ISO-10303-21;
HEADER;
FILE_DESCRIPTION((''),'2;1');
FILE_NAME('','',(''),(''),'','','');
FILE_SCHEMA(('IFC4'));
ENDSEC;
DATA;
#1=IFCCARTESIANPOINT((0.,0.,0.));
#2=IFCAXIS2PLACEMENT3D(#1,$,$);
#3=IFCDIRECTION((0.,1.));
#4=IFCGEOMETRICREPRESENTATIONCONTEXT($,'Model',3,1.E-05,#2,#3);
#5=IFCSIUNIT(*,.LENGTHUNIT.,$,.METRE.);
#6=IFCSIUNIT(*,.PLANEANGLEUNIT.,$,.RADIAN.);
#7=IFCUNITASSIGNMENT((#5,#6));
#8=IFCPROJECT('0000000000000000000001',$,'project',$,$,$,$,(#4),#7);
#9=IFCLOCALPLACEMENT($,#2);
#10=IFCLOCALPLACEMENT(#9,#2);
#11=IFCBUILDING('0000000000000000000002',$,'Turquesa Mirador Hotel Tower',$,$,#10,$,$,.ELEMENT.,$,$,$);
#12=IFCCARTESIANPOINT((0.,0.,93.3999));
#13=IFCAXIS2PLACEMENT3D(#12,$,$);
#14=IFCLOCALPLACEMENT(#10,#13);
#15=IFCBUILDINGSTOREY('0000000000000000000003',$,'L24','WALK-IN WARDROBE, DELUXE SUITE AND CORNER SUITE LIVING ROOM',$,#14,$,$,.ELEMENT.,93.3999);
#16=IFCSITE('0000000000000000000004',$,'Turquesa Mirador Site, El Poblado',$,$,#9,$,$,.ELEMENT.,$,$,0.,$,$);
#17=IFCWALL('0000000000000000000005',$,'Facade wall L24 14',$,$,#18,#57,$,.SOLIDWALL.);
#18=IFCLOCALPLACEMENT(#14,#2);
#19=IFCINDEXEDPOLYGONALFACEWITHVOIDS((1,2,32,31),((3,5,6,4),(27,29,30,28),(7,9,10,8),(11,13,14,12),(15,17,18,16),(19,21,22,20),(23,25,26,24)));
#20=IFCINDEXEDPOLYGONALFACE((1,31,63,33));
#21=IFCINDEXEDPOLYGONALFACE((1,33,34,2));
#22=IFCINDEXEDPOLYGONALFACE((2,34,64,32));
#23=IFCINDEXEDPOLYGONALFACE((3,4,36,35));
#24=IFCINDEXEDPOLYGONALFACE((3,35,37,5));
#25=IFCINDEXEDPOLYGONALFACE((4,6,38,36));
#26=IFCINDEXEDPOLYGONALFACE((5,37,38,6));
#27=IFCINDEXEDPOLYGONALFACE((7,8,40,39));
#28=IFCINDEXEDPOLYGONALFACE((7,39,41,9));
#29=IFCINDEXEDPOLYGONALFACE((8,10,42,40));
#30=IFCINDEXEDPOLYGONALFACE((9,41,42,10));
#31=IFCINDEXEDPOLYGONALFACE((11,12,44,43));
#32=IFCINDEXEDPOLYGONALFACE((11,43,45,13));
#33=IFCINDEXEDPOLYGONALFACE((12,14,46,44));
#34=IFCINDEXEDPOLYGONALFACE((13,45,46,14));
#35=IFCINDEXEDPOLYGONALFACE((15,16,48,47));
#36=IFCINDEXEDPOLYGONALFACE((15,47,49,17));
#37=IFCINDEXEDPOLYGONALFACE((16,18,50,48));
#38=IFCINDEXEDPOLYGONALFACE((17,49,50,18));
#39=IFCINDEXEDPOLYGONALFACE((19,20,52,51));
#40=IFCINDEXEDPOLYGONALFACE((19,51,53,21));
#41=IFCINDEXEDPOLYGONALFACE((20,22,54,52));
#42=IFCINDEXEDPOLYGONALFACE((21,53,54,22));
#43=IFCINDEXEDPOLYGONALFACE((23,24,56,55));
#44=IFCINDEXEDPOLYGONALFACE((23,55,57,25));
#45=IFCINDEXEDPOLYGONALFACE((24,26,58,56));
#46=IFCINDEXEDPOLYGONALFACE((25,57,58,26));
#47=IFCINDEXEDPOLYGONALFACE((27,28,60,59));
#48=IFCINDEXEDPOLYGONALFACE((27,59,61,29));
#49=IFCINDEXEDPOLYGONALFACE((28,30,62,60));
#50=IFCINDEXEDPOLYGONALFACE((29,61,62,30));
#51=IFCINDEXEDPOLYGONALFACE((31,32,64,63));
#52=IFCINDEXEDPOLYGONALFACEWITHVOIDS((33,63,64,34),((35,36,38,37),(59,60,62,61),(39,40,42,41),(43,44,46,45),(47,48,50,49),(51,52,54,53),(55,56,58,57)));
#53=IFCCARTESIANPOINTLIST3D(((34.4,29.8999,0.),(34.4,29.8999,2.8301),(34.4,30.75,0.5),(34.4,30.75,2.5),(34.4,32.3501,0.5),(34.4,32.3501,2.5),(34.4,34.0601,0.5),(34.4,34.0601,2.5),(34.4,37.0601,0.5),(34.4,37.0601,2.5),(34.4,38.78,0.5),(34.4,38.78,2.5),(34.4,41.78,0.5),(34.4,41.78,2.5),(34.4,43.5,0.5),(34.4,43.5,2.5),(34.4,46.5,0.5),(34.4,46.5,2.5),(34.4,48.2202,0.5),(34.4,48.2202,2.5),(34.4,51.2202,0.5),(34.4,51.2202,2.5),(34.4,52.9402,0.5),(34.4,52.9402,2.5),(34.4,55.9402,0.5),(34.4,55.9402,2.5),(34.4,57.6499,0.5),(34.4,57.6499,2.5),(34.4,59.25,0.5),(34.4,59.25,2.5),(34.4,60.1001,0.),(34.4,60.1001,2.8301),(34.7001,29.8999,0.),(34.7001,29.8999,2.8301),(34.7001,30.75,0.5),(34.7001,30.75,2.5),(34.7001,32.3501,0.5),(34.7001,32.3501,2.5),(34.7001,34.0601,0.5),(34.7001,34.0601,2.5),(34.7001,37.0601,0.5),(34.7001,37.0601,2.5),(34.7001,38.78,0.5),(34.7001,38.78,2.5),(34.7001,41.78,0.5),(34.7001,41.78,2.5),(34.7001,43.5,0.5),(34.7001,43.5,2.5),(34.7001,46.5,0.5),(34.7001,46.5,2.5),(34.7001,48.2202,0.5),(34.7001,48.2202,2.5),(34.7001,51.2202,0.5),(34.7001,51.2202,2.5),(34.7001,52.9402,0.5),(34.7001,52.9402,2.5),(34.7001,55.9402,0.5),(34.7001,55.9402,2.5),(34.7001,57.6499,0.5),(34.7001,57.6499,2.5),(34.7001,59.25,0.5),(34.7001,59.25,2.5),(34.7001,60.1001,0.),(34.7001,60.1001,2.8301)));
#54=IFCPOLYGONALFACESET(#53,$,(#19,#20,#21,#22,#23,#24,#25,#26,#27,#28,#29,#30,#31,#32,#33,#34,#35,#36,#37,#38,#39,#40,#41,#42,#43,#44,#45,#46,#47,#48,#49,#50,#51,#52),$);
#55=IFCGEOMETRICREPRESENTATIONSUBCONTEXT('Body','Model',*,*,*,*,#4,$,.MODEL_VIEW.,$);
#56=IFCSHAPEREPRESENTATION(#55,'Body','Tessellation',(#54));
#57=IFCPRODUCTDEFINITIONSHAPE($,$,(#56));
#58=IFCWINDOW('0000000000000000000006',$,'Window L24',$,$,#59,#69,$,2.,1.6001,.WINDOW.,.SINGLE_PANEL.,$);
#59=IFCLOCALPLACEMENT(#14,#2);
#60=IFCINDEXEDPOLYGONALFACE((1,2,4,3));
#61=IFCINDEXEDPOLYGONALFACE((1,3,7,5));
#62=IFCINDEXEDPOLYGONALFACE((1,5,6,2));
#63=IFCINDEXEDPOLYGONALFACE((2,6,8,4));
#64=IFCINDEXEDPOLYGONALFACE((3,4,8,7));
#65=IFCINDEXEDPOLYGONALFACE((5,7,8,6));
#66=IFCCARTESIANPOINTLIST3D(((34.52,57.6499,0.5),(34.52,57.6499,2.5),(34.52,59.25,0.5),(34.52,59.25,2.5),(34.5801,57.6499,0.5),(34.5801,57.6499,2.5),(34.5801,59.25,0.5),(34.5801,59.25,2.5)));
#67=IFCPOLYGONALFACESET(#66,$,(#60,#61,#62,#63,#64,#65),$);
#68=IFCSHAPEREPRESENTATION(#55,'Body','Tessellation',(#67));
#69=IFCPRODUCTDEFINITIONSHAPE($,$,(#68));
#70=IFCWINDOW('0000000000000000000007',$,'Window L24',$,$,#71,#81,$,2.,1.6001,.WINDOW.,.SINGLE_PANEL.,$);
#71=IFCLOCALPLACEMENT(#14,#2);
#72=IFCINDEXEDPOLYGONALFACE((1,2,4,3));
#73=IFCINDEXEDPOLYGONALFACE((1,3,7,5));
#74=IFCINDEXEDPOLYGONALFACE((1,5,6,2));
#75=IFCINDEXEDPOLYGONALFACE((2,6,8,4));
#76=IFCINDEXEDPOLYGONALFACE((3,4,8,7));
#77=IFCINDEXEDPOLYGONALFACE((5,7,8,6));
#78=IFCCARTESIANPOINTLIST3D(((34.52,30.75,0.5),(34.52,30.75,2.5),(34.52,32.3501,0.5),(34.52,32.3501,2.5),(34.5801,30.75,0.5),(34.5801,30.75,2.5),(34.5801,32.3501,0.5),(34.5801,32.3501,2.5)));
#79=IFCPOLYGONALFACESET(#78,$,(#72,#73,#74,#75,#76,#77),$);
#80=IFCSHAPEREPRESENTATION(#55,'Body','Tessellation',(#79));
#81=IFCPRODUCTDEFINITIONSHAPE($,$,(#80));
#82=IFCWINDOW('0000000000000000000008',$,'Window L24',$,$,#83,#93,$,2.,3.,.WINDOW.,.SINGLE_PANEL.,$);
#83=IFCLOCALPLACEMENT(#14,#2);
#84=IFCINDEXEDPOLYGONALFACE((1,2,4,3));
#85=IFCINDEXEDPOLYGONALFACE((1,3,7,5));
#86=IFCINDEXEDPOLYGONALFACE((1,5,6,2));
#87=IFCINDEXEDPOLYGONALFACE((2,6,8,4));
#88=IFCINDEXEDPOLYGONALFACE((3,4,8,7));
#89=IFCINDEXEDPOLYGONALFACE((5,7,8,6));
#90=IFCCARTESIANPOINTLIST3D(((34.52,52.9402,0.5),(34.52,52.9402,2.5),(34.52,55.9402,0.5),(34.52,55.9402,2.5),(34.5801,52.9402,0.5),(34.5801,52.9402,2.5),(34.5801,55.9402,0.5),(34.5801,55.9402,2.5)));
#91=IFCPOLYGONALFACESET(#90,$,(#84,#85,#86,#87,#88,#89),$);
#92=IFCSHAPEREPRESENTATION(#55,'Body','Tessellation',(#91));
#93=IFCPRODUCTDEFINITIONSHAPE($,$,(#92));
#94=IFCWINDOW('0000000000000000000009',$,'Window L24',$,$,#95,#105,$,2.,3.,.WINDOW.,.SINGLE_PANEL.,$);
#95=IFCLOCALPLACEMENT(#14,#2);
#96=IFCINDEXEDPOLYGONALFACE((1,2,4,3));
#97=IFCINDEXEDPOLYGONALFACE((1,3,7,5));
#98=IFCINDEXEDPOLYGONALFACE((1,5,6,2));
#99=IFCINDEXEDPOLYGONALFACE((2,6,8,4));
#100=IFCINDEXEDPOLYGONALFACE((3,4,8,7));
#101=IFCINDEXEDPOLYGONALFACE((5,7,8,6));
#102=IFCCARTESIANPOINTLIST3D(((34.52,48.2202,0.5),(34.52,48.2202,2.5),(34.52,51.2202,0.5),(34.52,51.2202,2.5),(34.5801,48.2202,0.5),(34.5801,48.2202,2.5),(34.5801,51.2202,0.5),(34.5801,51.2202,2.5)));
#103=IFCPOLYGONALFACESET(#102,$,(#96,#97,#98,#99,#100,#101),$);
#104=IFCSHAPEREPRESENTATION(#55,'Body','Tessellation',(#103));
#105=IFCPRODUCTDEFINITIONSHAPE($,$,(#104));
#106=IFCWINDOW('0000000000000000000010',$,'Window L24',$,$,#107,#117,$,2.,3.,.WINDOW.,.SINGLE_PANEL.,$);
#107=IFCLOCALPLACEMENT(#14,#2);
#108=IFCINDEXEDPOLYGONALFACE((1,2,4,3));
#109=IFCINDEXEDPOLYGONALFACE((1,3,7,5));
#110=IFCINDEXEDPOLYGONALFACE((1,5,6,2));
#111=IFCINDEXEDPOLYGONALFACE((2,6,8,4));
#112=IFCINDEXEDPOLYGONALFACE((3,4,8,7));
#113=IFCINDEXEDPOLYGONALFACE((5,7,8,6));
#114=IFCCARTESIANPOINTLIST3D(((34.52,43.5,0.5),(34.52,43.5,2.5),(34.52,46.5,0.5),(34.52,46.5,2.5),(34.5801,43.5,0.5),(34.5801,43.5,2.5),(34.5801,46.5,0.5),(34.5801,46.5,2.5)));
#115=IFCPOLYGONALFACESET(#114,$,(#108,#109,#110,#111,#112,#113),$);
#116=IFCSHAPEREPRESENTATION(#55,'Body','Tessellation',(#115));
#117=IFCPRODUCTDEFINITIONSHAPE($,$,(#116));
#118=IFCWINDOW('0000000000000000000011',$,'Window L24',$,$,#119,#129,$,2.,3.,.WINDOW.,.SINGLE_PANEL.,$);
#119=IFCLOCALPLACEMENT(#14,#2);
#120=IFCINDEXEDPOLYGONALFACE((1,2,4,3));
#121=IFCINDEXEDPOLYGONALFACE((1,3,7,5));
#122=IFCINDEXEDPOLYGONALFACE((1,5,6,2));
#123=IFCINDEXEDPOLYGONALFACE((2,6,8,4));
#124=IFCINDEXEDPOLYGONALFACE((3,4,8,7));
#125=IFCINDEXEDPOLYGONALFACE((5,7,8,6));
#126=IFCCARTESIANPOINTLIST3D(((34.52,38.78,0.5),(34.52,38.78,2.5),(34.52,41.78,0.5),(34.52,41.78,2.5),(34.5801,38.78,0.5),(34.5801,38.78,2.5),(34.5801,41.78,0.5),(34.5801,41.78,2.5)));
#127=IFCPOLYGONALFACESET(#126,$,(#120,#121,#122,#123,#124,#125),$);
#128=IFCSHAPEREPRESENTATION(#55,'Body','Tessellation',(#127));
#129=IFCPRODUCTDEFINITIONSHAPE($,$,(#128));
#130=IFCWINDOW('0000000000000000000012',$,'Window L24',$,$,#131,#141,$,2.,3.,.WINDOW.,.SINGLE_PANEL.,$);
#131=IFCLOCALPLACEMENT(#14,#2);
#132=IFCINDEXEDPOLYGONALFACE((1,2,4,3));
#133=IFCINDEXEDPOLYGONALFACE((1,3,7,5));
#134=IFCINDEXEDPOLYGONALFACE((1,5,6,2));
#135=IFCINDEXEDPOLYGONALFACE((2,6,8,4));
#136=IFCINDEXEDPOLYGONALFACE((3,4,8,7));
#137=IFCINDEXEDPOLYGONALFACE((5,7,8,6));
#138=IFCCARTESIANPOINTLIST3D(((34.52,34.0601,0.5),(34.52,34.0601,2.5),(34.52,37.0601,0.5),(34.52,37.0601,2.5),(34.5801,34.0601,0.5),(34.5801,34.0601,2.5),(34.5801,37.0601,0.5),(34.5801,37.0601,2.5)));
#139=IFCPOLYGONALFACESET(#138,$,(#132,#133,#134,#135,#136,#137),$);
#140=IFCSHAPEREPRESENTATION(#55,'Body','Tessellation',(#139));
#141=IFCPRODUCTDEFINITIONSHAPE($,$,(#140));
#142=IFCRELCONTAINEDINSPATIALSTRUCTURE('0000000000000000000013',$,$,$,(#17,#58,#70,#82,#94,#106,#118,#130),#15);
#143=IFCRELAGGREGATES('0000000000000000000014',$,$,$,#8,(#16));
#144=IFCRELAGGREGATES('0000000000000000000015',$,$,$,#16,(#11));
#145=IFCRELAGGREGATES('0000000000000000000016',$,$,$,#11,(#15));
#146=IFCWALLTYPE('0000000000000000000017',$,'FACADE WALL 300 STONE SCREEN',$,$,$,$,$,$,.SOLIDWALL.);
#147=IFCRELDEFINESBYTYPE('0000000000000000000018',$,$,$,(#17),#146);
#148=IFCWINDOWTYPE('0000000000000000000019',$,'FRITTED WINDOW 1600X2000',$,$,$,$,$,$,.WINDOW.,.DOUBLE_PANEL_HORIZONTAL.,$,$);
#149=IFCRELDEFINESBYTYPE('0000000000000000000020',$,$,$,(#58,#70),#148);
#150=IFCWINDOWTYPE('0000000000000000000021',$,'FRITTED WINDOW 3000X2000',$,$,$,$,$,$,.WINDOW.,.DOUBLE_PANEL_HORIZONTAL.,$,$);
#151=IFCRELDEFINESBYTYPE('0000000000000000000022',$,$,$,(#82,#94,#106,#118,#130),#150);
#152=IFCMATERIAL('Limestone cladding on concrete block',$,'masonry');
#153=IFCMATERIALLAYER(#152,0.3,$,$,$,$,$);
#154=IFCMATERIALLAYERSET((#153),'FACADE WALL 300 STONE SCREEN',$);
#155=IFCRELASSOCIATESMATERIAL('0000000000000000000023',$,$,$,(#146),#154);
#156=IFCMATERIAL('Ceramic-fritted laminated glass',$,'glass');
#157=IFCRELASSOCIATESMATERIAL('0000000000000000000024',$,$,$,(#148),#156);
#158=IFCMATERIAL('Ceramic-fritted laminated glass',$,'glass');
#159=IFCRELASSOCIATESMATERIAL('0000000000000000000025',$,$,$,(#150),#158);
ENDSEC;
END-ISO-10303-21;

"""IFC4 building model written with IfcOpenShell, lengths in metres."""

from ifc_helpers import new_model, si_unit, direction, frame, frame_2d, origin, place, context, subcontext, project, spatial, rectangle, extrude, material, layer, layer_set, type_object, element, fill, save


model = new_model("IFC4")

# Units and contexts
model_context = context("Model", 3, precision=1e-05, world=origin(), true_north=direction((0.0, 1.0)))
body_context = subcontext(model_context, "Body", "Model", "MODEL_VIEW")
ifc_project = project(units=[si_unit("LENGTHUNIT", "METRE"), si_unit("PLANEANGLEUNIT", "RADIAN")], contexts=[model_context])

# Site, building, storey
site_placement = place(None, origin())
site = spatial("IfcSite", under=ifc_project, at=site_placement, Name="Turquesa Mirador Site, El Poblado", CompositionType="ELEMENT", RefElevation=0.0)
building_placement = place(site_placement, origin())
building = spatial("IfcBuilding", under=site, at=building_placement, Name="Turquesa Mirador Hotel Tower", CompositionType="ELEMENT")
storey_placement = place(building_placement, frame((0.0, 0.0, 93.3999)))
storey = spatial("IfcBuildingStorey", under=building, at=storey_placement, Name="L24", Description="WALK-IN WARDROBE, DELUXE SUITE AND CORNER SUITE LIVING ROOM", CompositionType="ELEMENT", Elevation=93.3999)

# Shared definitions
ifc_material_1 = material(Name="Limestone cladding on concrete block", Category="masonry")
ifc_layer = layer(ifc_material_1, 0.3)
ifc_layer_set = layer_set([ifc_layer], Name="FACADE WALL 300 STONE SCREEN")
wall_type = type_object("IfcWallType", Name="FACADE WALL 300 STONE SCREEN", PredefinedType="SOLIDWALL", material=ifc_layer_set)

# Wall, openings, windows
wall_1_placement = place(storey_placement, frame((34.55, 60.1001, 0.0), z_axis=(0.0, 0.0, 1.0), x_axis=(0.0, -1.0, 0.0)))
wall_1 = element("IfcWall", 1, at=wall_1_placement, inside=storey, type_object=wall_type, Name="Facade wall L24 14", PredefinedType="SOLIDWALL", context=body_context, shape_type="SweptSolid", body=[
    extrude(rectangle(XDim=30.2002, YDim=0.3, at=frame_2d((15.1001, 0.0))), origin(), (0.0, 0.0, 1.0), 2.8301),
])
opening_1_placement = place(wall_1_placement, frame((0.8501, 0.0, 0.5)))
opening_1 = element("IfcOpeningElement", 2, at=opening_1_placement, cuts=wall_1, PredefinedType="OPENING", context=body_context, shape_type="SweptSolid", body=[
    extrude(rectangle(XDim=1.6001, YDim=2.0, at=frame_2d((0.8, 1.0))), frame((0.0, 0.1599, 0.0), z_axis=(0.0, -1.0, 0.0), x_axis=(1.0, 0.0, 0.0)), (0.0, 0.0, 1.0), 0.3201),
])
opening_2_placement = place(wall_1_placement, frame((4.1599, 0.0, 0.5)))
opening_2 = element("IfcOpeningElement", 3, at=opening_2_placement, cuts=wall_1, PredefinedType="OPENING", context=body_context, shape_type="SweptSolid", body=[
    extrude(rectangle(XDim=3.0, YDim=2.0, at=frame_2d((1.5, 1.0))), frame((0.0, 0.1599, 0.0), z_axis=(0.0, -1.0, 0.0), x_axis=(1.0, 0.0, 0.0)), (0.0, 0.0, 1.0), 0.3201),
])
opening_3_placement = place(wall_1_placement, frame((8.8799, 0.0, 0.5)))
opening_3 = element("IfcOpeningElement", 4, at=opening_3_placement, cuts=wall_1, PredefinedType="OPENING", context=body_context, shape_type="SweptSolid", body=[
    extrude(rectangle(XDim=3.0, YDim=2.0, at=frame_2d((1.5, 1.0))), frame((0.0, 0.1599, 0.0), z_axis=(0.0, -1.0, 0.0), x_axis=(1.0, 0.0, 0.0)), (0.0, 0.0, 1.0), 0.3201),
])
opening_4_placement = place(wall_1_placement, frame((13.6001, 0.0, 0.5)))
opening_4 = element("IfcOpeningElement", 5, at=opening_4_placement, cuts=wall_1, PredefinedType="OPENING", context=body_context, shape_type="SweptSolid", body=[
    extrude(rectangle(XDim=3.0, YDim=2.0, at=frame_2d((1.5, 1.0))), frame((0.0, 0.1599, 0.0), z_axis=(0.0, -1.0, 0.0), x_axis=(1.0, 0.0, 0.0)), (0.0, 0.0, 1.0), 0.3201),
])
opening_5_placement = place(wall_1_placement, frame((18.3201, 0.0, 0.5)))
opening_5 = element("IfcOpeningElement", 6, at=opening_5_placement, cuts=wall_1, PredefinedType="OPENING", context=body_context, shape_type="SweptSolid", body=[
    extrude(rectangle(XDim=3.0, YDim=2.0, at=frame_2d((1.5, 1.0))), frame((0.0, 0.1599, 0.0), z_axis=(0.0, -1.0, 0.0), x_axis=(1.0, 0.0, 0.0)), (0.0, 0.0, 1.0), 0.3201),
])
opening_6_placement = place(wall_1_placement, frame((23.04, 0.0, 0.5)))
opening_6 = element("IfcOpeningElement", 7, at=opening_6_placement, cuts=wall_1, PredefinedType="OPENING", context=body_context, shape_type="SweptSolid", body=[
    extrude(rectangle(XDim=3.0, YDim=2.0, at=frame_2d((1.5, 1.0))), frame((0.0, 0.1599, 0.0), z_axis=(0.0, -1.0, 0.0), x_axis=(1.0, 0.0, 0.0)), (0.0, 0.0, 1.0), 0.3201),
])
opening_7_placement = place(wall_1_placement, frame((27.75, 0.0, 0.5)))
opening_7 = element("IfcOpeningElement", 8, at=opening_7_placement, cuts=wall_1, PredefinedType="OPENING", context=body_context, shape_type="SweptSolid", body=[
    extrude(rectangle(XDim=1.6001, YDim=2.0, at=frame_2d((0.8, 1.0))), frame((0.0, 0.1599, 0.0), z_axis=(0.0, -1.0, 0.0), x_axis=(1.0, 0.0, 0.0)), (0.0, 0.0, 1.0), 0.3201),
])
ifc_material_2 = material(Name="Ceramic-fritted laminated glass", Category="glass")
window_type_1 = type_object("IfcWindowType", Name="FRITTED WINDOW 1600X2000", PartitioningType="DOUBLE_PANEL_HORIZONTAL", PredefinedType="WINDOW", material=ifc_material_2)
window_1_placement = place(opening_1_placement, origin())
window_1 = element("IfcWindow", 9, at=window_1_placement, inside=storey, type_object=window_type_1, Name="Window L24", OverallHeight=2.0, OverallWidth=1.6001, PartitioningType="SINGLE_PANEL", PredefinedType="WINDOW", context=body_context, shape_type="SweptSolid", body=[
    extrude(rectangle(XDim=1.6001, YDim=2.0, at=frame_2d((0.8, 1.0))), frame((0.0, 0.03, 0.0), z_axis=(0.0, -1.0, 0.0), x_axis=(1.0, 0.0, 0.0)), (0.0, 0.0, 1.0), 0.0601),
])
fill(opening_1, window_1)
window_2_placement = place(opening_7_placement, origin())
window_2 = element("IfcWindow", 10, at=window_2_placement, inside=storey, type_object=window_type_1, Name="Window L24", OverallHeight=2.0, OverallWidth=1.6001, PartitioningType="SINGLE_PANEL", PredefinedType="WINDOW", context=body_context, shape_type="SweptSolid", body=[
    extrude(rectangle(XDim=1.6001, YDim=2.0, at=frame_2d((0.8, 1.0))), frame((0.0, 0.03, 0.0), z_axis=(0.0, -1.0, 0.0), x_axis=(1.0, 0.0, 0.0)), (0.0, 0.0, 1.0), 0.0601),
])
fill(opening_7, window_2)
ifc_material_3 = material(Name="Ceramic-fritted laminated glass", Category="glass")
window_type_2 = type_object("IfcWindowType", Name="FRITTED WINDOW 3000X2000", PartitioningType="DOUBLE_PANEL_HORIZONTAL", PredefinedType="WINDOW", material=ifc_material_3)
window_3_placement = place(opening_2_placement, origin())
window_3 = element("IfcWindow", 11, at=window_3_placement, inside=storey, type_object=window_type_2, Name="Window L24", OverallHeight=2.0, OverallWidth=3.0, PartitioningType="SINGLE_PANEL", PredefinedType="WINDOW", context=body_context, shape_type="SweptSolid", body=[
    extrude(rectangle(XDim=3.0, YDim=2.0, at=frame_2d((1.5, 1.0))), frame((0.0, 0.03, 0.0), z_axis=(0.0, -1.0, 0.0), x_axis=(1.0, 0.0, 0.0)), (0.0, 0.0, 1.0), 0.0601),
])
fill(opening_2, window_3)
window_4_placement = place(opening_3_placement, origin())
window_4 = element("IfcWindow", 12, at=window_4_placement, inside=storey, type_object=window_type_2, Name="Window L24", OverallHeight=2.0, OverallWidth=3.0, PartitioningType="SINGLE_PANEL", PredefinedType="WINDOW", context=body_context, shape_type="SweptSolid", body=[
    extrude(rectangle(XDim=3.0, YDim=2.0, at=frame_2d((1.5, 1.0))), frame((0.0, 0.03, 0.0), z_axis=(0.0, -1.0, 0.0), x_axis=(1.0, 0.0, 0.0)), (0.0, 0.0, 1.0), 0.0601),
])
fill(opening_3, window_4)
window_5_placement = place(opening_4_placement, origin())
window_5 = element("IfcWindow", 13, at=window_5_placement, inside=storey, type_object=window_type_2, Name="Window L24", OverallHeight=2.0, OverallWidth=3.0, PartitioningType="SINGLE_PANEL", PredefinedType="WINDOW", context=body_context, shape_type="SweptSolid", body=[
    extrude(rectangle(XDim=3.0, YDim=2.0, at=frame_2d((1.5, 1.0))), frame((0.0, 0.03, 0.0), z_axis=(0.0, -1.0, 0.0), x_axis=(1.0, 0.0, 0.0)), (0.0, 0.0, 1.0), 0.0601),
])
fill(opening_4, window_5)
window_6_placement = place(opening_5_placement, origin())
window_6 = element("IfcWindow", 14, at=window_6_placement, inside=storey, type_object=window_type_2, Name="Window L24", OverallHeight=2.0, OverallWidth=3.0, PartitioningType="SINGLE_PANEL", PredefinedType="WINDOW", context=body_context, shape_type="SweptSolid", body=[
    extrude(rectangle(XDim=3.0, YDim=2.0, at=frame_2d((1.5, 1.0))), frame((0.0, 0.03, 0.0), z_axis=(0.0, -1.0, 0.0), x_axis=(1.0, 0.0, 0.0)), (0.0, 0.0, 1.0), 0.0601),
])
fill(opening_5, window_6)
window_7_placement = place(opening_6_placement, origin())
window_7 = element("IfcWindow", 15, at=window_7_placement, inside=storey, type_object=window_type_2, Name="Window L24", OverallHeight=2.0, OverallWidth=3.0, PartitioningType="SINGLE_PANEL", PredefinedType="WINDOW", context=body_context, shape_type="SweptSolid", body=[
    extrude(rectangle(XDim=3.0, YDim=2.0, at=frame_2d((1.5, 1.0))), frame((0.0, 0.03, 0.0), z_axis=(0.0, -1.0, 0.0), x_axis=(1.0, 0.0, 0.0)), (0.0, 0.0, 1.0), 0.0601),
])
fill(opening_6, window_7)

save(model, "model.ifc")
